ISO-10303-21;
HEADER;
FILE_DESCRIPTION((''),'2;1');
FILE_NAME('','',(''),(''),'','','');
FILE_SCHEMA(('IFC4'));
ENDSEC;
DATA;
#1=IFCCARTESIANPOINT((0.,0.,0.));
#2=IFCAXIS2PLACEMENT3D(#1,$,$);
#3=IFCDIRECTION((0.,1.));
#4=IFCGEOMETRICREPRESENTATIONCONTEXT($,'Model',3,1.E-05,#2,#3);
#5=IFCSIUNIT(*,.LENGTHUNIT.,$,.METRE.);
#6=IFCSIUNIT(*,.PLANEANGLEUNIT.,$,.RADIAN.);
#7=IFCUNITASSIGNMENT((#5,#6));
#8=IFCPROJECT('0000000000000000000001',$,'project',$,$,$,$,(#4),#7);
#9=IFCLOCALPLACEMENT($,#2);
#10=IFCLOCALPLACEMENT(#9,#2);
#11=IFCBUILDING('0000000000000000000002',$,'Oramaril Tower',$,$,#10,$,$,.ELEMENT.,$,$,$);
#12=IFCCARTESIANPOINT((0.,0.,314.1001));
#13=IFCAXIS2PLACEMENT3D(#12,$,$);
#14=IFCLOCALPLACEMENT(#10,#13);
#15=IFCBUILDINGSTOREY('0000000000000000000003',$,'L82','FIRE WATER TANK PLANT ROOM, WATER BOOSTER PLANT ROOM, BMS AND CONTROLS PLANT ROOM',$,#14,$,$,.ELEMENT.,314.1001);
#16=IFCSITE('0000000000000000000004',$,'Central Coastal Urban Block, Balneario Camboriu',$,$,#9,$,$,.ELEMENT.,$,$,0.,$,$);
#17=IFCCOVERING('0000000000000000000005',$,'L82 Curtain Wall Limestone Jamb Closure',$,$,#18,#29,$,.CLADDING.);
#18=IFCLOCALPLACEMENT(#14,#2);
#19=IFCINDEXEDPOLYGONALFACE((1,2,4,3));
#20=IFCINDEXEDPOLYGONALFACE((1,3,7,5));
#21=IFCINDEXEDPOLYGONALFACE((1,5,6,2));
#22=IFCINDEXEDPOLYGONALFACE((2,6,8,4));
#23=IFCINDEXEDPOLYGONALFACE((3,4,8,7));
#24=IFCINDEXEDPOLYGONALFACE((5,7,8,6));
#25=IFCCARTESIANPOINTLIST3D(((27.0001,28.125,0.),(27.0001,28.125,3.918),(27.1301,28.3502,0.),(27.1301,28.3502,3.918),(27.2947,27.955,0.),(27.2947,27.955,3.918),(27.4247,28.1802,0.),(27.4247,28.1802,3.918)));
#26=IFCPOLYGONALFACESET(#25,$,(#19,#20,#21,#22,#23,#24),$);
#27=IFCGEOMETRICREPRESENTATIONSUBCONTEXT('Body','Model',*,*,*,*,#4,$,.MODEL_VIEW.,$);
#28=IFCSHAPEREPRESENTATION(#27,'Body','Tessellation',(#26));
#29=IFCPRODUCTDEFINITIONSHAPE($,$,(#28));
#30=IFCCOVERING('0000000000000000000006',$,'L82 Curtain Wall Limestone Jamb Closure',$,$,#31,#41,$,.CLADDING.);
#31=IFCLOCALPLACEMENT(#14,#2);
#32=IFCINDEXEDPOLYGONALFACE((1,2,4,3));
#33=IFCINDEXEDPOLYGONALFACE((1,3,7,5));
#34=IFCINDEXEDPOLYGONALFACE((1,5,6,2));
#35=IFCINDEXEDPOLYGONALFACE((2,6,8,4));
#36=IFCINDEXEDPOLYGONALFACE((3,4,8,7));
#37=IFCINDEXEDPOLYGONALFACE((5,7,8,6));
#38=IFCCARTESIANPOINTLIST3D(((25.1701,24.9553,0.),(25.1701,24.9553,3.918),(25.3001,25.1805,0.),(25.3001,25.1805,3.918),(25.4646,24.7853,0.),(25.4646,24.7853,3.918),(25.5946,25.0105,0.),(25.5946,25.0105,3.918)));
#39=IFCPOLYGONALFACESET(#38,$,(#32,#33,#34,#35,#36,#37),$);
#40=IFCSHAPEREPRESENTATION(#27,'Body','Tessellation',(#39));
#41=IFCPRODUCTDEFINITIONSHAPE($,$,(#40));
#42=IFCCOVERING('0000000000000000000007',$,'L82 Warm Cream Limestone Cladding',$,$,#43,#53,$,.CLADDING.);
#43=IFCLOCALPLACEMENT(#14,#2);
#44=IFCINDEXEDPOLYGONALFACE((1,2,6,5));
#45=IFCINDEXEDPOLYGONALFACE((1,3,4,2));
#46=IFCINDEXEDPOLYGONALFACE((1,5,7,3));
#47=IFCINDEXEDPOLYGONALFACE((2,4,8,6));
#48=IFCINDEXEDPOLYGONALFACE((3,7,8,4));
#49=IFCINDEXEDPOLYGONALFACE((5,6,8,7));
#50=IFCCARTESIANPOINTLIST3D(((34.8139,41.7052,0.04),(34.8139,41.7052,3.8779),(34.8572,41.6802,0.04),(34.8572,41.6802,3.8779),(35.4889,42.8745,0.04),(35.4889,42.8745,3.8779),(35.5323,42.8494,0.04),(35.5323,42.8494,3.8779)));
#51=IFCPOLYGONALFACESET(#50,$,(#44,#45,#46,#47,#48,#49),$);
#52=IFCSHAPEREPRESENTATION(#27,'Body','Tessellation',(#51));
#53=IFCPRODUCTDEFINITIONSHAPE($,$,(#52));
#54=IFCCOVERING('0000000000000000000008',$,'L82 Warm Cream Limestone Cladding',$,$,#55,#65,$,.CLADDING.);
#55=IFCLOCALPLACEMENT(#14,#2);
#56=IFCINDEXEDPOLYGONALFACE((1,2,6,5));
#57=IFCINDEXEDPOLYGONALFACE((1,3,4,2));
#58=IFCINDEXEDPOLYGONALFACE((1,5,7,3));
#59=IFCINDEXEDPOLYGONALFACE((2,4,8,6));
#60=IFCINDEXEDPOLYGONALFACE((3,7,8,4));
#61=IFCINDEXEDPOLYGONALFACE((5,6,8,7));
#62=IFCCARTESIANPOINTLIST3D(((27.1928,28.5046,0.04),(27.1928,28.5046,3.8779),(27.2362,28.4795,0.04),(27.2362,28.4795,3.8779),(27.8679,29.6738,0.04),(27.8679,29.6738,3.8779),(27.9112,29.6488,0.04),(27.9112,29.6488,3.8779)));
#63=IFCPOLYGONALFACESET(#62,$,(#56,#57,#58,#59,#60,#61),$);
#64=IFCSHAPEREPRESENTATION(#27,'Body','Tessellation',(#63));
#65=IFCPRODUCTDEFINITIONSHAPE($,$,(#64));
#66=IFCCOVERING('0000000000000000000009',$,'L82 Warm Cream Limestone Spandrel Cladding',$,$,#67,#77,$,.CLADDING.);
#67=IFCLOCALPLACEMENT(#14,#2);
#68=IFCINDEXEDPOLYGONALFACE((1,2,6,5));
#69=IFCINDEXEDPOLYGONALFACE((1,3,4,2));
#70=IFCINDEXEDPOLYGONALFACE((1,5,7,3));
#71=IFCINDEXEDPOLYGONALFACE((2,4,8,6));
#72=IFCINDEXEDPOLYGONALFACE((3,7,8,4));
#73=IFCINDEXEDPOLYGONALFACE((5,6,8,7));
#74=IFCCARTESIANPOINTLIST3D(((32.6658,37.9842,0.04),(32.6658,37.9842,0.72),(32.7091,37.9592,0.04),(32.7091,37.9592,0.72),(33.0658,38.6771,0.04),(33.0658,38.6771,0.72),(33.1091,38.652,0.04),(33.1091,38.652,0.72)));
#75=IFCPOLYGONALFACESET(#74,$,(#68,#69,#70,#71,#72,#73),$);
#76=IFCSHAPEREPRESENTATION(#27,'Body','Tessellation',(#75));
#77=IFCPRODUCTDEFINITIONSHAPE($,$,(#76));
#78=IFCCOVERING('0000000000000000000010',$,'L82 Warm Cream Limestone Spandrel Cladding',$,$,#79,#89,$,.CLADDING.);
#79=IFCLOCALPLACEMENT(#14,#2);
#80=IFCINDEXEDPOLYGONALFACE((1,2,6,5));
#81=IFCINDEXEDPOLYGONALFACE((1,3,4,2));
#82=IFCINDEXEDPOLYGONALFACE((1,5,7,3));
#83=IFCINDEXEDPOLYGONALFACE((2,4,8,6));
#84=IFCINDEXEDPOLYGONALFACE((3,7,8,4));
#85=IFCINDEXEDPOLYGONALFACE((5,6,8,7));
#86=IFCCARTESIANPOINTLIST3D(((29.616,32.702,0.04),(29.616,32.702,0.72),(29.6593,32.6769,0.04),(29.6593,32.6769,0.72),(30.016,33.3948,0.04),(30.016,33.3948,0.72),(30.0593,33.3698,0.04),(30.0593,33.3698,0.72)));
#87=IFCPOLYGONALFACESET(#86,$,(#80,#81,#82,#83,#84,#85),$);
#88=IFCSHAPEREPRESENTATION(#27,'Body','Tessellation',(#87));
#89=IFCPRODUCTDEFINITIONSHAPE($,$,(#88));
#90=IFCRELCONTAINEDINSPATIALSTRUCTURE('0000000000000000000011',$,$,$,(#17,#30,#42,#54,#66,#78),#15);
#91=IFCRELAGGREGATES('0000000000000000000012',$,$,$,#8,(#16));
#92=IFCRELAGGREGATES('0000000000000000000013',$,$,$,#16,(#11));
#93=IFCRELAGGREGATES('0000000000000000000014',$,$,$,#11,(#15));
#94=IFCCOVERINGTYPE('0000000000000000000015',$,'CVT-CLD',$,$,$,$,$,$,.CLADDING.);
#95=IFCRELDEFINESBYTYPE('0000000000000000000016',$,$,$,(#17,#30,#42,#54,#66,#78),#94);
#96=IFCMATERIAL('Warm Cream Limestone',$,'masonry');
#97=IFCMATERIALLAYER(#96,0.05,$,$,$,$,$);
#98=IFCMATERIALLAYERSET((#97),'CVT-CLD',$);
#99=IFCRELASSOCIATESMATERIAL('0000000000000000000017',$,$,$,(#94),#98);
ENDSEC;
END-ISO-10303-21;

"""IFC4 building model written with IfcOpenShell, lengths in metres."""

from ifc_helpers import new_model, si_unit, direction, frame, origin, origin_2d, place, context, subcontext, project, spatial, rectangle, extrude, material, layer, layer_set, type_object, element, save


model = new_model("IFC4")

# Units and contexts
model_context = context("Model", 3, precision=1e-05, world=origin(), true_north=direction((0.0, 1.0)))
body_context = subcontext(model_context, "Body", "Model", "MODEL_VIEW")
ifc_project = project(units=[si_unit("LENGTHUNIT", "METRE"), si_unit("PLANEANGLEUNIT", "RADIAN")], contexts=[model_context])

# Site, building, storey
site_placement = place(None, origin())
site = spatial("IfcSite", under=ifc_project, at=site_placement, Name="Central Coastal Urban Block, Balneario Camboriu", CompositionType="ELEMENT", RefElevation=0.0)
building_placement = place(site_placement, origin())
building = spatial("IfcBuilding", under=site, at=building_placement, Name="Oramaril Tower", CompositionType="ELEMENT")
storey_placement = place(building_placement, frame((0.0, 0.0, 314.1001)))
storey = spatial("IfcBuildingStorey", under=building, at=storey_placement, Name="L82", Description="FIRE WATER TANK PLANT ROOM, WATER BOOSTER PLANT ROOM, BMS AND CONTROLS PLANT ROOM", CompositionType="ELEMENT", Elevation=314.1001)

# Coverings
ifc_material_1 = material(Name="Warm Cream Limestone", Category="masonry")
ifc_layer_1 = layer(ifc_material_1, 0.05)
ifc_layer_set_1 = layer_set([ifc_layer_1], Name="CVT-CLD")
covering_type = type_object("IfcCoveringType", Name="CVT-CLD", PredefinedType="CLADDING", material=ifc_layer_set_1)
for number, where, z_axis, x_axis, name in (
    (1, (27.2124, 28.1526, 0.0), (0.0, 0.0, 1.0), (-0.5, -0.866025, 0.0), "L82 Curtain Wall Limestone Jamb Closure"),
    (2, (25.3823, 24.9829, 0.0), (0.0, 0.0, 1.0), (-0.5, -0.866025, 0.0), "L82 Curtain Wall Limestone Jamb Closure"),
):
    element("IfcCovering", number, at=place(storey_placement, frame(where, z_axis=z_axis, x_axis=x_axis)), inside=storey, type_object=covering_type, Name=name, PredefinedType="CLADDING", context=body_context, shape_type="SweptSolid", body=[
        extrude(rectangle(XDim=0.26, YDim=0.3401, at=origin_2d()), origin(), (0.0, 0.0, 1.0), 3.918),
    ])
for number, where, z_axis, x_axis, name in (
    (3, (35.1731, 42.2773, 0.04), (0.0, 0.0, 1.0), (-0.499998, -0.866026, 0.0), "L82 Warm Cream Limestone Cladding"),
    (4, (27.552, 29.0767, 0.04), (0.0, 0.0, 1.0), (-0.499998, -0.866026, 0.0), "L82 Warm Cream Limestone Cladding"),
):
    element("IfcCovering", number, at=place(storey_placement, frame(where, z_axis=z_axis, x_axis=x_axis)), inside=storey, type_object=covering_type, Name=name, PredefinedType="CLADDING", context=body_context, shape_type="SweptSolid", body=[
        extrude(rectangle(XDim=1.3501, YDim=0.05, at=origin_2d()), origin(), (0.0, 0.0, 1.0), 3.8379),
    ])
for number, where, z_axis, x_axis, name in (
    (5, (32.8875, 38.3181, 0.04), (0.0, 0.0, 1.0), (-0.499998, -0.866026, 0.0), "L82 Warm Cream Limestone Spandrel Cladding"),
    (6, (29.8376, 33.0359, 0.04), (0.0, 0.0, 1.0), (-0.499998, -0.866026, 0.0), "L82 Warm Cream Limestone Spandrel Cladding"),
):
    element("IfcCovering", number, at=place(storey_placement, frame(where, z_axis=z_axis, x_axis=x_axis)), inside=storey, type_object=covering_type, Name=name, PredefinedType="CLADDING", context=body_context, shape_type="SweptSolid", body=[
        extrude(rectangle(XDim=0.8, YDim=0.05, at=origin_2d()), origin(), (0.0, 0.0, 1.0), 0.6799),
    ])

save(model, "model.ifc")
